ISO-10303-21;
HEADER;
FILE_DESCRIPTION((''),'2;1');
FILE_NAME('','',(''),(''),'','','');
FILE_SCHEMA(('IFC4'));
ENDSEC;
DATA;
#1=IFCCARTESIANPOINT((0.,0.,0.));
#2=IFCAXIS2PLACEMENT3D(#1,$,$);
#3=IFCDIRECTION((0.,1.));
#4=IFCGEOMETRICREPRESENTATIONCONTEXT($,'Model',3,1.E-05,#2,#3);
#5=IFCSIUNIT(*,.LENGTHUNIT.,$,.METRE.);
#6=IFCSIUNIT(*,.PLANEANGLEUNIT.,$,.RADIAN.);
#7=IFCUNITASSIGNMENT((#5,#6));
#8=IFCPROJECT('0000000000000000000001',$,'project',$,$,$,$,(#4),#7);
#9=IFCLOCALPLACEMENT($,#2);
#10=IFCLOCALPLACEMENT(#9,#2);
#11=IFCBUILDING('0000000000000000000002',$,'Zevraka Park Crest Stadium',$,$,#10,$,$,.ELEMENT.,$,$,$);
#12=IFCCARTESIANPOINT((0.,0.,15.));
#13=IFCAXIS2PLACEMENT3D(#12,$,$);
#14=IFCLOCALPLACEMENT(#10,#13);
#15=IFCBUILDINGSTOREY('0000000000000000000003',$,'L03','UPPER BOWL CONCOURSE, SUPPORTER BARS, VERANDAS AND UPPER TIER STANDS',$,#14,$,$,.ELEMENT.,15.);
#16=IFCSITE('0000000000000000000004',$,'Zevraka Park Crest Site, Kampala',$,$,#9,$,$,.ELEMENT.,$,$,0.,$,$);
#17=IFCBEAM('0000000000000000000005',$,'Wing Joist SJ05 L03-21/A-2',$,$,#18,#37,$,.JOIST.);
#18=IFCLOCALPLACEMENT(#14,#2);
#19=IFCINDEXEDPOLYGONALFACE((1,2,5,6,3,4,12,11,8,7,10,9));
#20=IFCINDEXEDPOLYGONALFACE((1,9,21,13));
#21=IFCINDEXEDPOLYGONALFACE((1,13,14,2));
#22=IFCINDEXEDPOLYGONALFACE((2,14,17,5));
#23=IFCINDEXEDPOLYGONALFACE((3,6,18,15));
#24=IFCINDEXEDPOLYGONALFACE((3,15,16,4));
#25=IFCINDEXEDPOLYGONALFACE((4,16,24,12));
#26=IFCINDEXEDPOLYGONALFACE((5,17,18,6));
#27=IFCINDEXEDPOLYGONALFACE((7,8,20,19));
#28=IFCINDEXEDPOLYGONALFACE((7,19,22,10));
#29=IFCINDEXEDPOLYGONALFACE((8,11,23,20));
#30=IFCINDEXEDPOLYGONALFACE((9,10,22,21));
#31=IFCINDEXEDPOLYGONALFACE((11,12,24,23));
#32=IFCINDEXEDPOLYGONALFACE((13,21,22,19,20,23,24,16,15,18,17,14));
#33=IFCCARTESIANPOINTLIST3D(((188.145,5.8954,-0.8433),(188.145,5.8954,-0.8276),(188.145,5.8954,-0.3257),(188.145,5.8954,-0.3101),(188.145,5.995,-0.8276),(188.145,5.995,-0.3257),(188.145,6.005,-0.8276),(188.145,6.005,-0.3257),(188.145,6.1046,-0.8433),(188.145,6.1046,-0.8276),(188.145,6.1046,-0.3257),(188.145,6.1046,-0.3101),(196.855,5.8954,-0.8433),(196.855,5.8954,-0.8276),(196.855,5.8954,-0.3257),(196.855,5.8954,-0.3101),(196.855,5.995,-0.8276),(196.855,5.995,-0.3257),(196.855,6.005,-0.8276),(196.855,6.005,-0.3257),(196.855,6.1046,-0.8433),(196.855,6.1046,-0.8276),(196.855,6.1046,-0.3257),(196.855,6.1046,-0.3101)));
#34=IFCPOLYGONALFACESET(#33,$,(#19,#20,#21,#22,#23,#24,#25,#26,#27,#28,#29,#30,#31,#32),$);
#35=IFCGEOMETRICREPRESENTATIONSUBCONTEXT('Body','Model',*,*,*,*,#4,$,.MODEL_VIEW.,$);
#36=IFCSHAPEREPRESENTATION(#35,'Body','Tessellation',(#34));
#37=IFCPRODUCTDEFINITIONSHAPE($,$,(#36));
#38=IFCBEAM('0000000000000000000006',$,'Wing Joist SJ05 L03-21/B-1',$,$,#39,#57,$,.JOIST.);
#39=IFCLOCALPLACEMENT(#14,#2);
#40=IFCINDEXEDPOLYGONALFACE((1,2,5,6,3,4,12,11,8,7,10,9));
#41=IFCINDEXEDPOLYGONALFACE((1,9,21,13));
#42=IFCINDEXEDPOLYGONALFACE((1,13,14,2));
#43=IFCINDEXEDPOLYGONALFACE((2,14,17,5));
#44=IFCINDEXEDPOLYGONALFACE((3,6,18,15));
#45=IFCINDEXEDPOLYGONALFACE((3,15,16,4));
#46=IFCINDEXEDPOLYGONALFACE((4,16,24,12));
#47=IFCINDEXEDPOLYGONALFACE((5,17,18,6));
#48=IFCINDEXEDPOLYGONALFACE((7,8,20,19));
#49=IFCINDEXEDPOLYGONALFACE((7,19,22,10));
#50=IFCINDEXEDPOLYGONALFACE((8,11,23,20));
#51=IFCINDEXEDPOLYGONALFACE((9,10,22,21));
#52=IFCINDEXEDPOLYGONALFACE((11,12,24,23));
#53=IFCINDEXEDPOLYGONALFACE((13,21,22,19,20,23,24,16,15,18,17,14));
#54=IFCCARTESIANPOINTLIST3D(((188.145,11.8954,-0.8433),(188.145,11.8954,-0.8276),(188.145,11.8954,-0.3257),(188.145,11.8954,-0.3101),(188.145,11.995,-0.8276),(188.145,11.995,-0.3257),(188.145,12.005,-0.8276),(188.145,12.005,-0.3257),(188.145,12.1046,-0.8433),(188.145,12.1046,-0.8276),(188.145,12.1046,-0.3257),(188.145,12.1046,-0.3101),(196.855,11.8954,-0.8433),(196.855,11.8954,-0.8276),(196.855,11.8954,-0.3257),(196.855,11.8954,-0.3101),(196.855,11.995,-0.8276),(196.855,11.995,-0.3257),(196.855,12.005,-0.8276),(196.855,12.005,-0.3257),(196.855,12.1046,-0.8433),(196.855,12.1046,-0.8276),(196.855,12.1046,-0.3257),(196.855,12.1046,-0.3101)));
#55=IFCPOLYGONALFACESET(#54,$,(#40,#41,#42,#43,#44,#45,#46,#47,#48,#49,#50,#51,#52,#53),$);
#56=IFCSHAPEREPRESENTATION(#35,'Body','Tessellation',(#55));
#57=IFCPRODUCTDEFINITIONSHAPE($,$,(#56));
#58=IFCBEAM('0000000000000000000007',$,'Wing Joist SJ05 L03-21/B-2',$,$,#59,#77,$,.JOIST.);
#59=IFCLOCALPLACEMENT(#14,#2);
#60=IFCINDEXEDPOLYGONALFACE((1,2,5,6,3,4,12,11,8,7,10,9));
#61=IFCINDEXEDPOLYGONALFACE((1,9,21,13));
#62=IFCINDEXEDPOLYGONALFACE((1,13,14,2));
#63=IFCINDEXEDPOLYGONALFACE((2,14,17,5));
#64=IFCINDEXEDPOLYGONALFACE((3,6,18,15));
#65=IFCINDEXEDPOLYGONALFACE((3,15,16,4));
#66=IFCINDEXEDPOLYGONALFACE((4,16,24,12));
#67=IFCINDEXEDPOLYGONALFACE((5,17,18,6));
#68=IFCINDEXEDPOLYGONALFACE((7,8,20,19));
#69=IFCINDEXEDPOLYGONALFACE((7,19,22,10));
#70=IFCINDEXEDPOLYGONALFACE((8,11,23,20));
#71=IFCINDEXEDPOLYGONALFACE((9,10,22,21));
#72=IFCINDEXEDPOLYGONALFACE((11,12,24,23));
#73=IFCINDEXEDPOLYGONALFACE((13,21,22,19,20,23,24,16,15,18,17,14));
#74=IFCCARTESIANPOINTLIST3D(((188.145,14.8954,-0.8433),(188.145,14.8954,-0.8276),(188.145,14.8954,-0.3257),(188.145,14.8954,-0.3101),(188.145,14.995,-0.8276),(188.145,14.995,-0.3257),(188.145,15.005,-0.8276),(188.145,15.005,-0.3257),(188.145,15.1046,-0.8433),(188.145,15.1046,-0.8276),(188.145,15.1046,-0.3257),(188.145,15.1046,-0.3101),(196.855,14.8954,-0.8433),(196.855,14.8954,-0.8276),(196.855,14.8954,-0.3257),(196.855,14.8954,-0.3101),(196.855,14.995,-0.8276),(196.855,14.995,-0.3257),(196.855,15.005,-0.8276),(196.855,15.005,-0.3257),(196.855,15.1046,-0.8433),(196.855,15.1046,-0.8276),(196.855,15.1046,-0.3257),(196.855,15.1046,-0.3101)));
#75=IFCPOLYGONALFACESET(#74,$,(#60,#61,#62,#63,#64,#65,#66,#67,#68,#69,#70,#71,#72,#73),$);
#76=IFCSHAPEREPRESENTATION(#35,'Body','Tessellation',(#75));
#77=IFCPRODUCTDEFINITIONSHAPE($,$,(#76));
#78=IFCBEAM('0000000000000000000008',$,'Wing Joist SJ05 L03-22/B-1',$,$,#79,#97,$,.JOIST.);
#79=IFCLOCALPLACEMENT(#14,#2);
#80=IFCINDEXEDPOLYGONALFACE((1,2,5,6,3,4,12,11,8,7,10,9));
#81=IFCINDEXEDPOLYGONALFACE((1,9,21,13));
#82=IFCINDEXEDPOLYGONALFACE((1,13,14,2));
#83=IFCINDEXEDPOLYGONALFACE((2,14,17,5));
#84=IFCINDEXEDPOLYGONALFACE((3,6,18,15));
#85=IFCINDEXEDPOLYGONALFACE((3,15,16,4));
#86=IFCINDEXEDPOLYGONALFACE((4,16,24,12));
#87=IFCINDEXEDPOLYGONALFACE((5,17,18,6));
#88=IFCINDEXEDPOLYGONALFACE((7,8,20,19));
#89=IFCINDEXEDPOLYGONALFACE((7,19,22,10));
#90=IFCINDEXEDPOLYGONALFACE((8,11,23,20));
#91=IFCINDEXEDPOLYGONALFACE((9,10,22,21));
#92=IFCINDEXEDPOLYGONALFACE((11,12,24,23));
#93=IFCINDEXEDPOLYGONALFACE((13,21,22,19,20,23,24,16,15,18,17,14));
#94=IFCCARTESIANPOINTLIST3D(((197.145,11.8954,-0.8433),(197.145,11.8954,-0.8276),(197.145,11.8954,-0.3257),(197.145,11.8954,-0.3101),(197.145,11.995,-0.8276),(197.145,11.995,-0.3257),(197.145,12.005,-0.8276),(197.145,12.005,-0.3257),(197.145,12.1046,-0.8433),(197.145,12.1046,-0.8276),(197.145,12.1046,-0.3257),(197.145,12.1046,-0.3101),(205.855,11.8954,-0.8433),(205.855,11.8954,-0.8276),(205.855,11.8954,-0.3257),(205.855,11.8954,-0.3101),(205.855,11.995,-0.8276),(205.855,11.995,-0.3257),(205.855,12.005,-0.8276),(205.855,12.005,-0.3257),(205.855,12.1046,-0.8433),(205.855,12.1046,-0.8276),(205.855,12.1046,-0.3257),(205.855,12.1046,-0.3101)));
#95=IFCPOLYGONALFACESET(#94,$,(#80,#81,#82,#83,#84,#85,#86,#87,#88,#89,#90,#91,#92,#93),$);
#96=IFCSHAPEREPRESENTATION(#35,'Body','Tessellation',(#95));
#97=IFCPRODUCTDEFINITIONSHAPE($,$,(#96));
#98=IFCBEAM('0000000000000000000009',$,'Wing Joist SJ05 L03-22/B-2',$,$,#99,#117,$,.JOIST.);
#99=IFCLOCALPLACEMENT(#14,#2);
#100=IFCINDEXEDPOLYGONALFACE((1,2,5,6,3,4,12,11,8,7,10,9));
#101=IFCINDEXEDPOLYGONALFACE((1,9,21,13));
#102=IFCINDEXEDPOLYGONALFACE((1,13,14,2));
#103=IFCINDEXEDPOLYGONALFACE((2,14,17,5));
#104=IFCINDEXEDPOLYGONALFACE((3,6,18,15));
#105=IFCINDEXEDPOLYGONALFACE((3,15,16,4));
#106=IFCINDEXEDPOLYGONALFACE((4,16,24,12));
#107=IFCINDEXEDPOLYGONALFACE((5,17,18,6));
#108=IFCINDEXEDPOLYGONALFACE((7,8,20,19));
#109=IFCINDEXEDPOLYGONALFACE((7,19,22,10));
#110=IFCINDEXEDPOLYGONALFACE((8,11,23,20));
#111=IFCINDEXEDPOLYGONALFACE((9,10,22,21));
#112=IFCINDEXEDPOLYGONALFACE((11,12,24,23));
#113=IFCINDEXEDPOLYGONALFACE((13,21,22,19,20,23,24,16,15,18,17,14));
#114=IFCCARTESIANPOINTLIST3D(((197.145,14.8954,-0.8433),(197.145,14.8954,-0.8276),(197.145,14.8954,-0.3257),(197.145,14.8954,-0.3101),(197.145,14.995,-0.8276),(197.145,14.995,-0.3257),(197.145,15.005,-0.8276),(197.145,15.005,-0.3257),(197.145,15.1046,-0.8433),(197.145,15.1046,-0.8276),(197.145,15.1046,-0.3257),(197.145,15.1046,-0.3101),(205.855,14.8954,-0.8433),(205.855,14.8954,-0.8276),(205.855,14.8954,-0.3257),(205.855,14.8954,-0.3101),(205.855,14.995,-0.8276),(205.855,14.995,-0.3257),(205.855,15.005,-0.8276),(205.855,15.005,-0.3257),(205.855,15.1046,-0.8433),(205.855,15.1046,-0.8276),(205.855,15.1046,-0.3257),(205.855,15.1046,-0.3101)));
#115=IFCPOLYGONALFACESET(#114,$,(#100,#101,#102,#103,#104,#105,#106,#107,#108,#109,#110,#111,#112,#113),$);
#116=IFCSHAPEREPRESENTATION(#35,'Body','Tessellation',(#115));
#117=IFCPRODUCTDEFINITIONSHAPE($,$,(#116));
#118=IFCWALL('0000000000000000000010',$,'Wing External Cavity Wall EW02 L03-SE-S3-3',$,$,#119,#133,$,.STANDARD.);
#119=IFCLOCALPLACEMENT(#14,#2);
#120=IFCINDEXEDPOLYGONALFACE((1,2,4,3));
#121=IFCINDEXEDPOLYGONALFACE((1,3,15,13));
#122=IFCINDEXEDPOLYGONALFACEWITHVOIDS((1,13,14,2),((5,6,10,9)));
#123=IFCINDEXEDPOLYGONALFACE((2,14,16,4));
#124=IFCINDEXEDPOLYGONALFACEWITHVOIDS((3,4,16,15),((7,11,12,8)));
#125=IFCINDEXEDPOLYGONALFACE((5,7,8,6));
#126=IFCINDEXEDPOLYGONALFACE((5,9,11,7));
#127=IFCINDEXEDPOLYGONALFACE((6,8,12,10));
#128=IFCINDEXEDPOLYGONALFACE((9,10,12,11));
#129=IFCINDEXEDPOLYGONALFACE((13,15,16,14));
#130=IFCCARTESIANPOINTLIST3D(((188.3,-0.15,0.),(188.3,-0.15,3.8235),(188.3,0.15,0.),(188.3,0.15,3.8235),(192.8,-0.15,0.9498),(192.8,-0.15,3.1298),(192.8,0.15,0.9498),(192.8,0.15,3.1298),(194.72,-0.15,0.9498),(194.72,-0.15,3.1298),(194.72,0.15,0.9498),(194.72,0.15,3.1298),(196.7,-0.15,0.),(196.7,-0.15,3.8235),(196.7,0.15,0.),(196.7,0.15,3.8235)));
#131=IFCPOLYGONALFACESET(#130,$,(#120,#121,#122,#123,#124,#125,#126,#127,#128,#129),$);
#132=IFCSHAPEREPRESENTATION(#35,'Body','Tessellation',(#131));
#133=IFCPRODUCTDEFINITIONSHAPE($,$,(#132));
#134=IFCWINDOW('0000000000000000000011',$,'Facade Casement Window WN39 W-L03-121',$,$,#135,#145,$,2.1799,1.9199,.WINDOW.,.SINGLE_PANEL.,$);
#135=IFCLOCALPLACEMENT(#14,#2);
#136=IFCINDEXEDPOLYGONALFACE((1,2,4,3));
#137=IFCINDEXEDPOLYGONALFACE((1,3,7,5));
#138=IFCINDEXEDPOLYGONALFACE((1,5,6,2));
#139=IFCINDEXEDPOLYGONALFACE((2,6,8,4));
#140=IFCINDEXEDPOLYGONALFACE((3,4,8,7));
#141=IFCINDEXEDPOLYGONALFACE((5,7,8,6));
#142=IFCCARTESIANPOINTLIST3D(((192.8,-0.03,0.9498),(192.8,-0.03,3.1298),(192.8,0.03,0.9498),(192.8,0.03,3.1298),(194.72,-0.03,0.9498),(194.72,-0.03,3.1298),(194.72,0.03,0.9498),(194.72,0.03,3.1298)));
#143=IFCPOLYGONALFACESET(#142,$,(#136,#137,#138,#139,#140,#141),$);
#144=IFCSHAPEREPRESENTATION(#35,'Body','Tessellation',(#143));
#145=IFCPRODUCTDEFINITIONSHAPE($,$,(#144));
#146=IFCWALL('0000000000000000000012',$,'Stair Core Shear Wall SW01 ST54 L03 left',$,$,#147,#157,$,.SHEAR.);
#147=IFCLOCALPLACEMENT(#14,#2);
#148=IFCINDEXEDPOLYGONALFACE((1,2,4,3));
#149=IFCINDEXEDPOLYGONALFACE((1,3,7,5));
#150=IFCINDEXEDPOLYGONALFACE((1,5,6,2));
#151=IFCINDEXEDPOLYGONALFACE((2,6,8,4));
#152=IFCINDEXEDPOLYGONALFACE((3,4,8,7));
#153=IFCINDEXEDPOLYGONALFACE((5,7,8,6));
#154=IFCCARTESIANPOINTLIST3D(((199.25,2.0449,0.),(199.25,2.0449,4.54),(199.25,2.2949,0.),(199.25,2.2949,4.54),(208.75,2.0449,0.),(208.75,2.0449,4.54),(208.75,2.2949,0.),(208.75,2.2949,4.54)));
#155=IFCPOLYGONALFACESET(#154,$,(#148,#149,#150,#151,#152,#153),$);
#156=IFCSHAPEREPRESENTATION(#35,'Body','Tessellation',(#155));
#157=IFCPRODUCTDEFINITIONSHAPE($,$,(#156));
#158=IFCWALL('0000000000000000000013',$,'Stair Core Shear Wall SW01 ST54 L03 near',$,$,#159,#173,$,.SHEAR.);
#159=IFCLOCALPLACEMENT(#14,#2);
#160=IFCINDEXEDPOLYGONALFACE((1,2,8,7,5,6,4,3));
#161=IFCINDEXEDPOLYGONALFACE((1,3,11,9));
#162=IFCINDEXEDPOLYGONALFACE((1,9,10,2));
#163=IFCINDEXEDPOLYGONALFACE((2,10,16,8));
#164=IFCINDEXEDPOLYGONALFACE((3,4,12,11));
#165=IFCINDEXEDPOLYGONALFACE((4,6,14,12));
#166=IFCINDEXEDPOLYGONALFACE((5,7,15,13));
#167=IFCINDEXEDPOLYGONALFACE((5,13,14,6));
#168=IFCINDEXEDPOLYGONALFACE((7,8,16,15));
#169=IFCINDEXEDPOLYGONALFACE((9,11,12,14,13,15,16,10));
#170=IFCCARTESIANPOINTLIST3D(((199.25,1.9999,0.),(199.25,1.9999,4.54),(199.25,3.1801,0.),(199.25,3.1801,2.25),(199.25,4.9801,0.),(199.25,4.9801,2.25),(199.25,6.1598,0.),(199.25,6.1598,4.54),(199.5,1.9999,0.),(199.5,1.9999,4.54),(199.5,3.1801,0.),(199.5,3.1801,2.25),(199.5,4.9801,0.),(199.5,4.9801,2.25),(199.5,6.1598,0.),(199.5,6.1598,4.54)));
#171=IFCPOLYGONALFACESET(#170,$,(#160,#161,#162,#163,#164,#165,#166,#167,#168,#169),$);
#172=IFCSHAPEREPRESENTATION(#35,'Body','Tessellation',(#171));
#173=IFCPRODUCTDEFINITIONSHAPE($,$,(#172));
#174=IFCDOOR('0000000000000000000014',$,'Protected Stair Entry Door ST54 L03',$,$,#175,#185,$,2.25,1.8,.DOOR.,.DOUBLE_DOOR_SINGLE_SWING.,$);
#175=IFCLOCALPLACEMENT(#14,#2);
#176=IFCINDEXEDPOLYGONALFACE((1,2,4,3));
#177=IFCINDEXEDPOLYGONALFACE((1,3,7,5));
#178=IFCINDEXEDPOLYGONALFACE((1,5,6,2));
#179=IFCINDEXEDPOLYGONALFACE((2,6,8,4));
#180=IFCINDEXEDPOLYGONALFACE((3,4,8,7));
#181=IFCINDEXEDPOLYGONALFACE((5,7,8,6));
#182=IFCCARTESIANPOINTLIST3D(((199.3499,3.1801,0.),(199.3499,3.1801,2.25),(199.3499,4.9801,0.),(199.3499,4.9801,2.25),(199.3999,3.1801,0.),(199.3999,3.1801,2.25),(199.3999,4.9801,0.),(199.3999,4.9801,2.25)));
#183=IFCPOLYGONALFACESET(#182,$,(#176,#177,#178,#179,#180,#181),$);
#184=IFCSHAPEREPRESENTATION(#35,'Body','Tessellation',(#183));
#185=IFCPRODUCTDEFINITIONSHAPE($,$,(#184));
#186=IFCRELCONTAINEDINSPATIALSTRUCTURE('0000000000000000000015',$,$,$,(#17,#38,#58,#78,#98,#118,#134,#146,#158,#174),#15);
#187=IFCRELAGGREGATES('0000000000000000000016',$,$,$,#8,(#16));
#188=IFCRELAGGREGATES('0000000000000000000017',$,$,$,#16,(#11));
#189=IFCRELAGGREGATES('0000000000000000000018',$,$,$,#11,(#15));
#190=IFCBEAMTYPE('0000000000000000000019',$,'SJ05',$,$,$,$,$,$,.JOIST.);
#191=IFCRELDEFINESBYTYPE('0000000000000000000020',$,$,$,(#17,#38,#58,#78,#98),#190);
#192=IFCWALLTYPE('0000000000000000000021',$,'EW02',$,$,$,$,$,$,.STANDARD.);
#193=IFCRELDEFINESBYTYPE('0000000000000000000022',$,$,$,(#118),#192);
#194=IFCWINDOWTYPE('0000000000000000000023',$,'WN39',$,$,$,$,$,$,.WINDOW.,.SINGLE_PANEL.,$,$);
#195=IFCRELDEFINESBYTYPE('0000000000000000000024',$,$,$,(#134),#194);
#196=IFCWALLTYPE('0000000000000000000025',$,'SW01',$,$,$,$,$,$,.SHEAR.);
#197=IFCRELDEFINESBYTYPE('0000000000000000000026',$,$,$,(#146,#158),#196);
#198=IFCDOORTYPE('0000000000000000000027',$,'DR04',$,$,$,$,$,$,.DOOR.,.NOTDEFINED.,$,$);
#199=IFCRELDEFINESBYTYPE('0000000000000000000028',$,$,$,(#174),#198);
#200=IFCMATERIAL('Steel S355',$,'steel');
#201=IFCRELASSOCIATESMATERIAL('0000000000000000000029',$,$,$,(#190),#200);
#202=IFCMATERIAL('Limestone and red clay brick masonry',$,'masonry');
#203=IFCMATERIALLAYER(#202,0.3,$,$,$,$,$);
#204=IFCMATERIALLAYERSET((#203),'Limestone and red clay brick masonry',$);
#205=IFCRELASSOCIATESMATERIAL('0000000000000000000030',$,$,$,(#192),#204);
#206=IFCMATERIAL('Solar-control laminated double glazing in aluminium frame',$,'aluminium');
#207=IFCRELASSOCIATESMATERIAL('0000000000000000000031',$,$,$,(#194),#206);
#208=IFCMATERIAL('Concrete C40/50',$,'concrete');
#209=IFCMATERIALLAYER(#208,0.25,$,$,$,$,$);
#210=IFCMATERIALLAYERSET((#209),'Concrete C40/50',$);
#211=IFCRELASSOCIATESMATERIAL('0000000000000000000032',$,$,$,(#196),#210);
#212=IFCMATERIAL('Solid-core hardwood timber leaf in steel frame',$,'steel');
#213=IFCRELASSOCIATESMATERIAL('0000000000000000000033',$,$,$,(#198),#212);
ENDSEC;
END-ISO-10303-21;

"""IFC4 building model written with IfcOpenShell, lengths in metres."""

from ifc_helpers import new_model, si_unit, direction, frame, frame_2d, origin, origin_2d, place, context, subcontext, project, spatial, rectangle, i_section, extrude, material, layer, layer_set, material_profile, profile_set, type_object, element, fill, save


model = new_model("IFC4")

# Units and contexts
model_context = context("Model", 3, precision=1e-05, world=origin(), true_north=direction((0.0, 1.0)))
body_context = subcontext(model_context, "Body", "Model", "MODEL_VIEW")
ifc_project = project(units=[si_unit("LENGTHUNIT", "METRE"), si_unit("PLANEANGLEUNIT", "RADIAN")], contexts=[model_context])

# Site, building, storey
site_placement = place(None, origin())
site = spatial("IfcSite", under=ifc_project, at=site_placement, Name="Zevraka Park Crest Site, Kampala", CompositionType="ELEMENT", RefElevation=0.0)
building_placement = place(site_placement, origin())
building = spatial("IfcBuilding", under=site, at=building_placement, Name="Zevraka Park Crest Stadium", CompositionType="ELEMENT")
storey_placement = place(building_placement, frame((0.0, 0.0, 15.0)))
storey = spatial("IfcBuildingStorey", under=building, at=storey_placement, Name="L03", Description="UPPER BOWL CONCOURSE, SUPPORTER BARS, VERANDAS AND UPPER TIER STANDS", CompositionType="ELEMENT", Elevation=15.0)

# Beams
ifc_material_1 = material(Name="Steel S355", Category="steel")
ifc_material_profile_1 = material_profile(ifc_material_1, i_section(OverallWidth=0.2092, OverallDepth=0.5332, WebThickness=0.01, FlangeThickness=0.0156, at=origin_2d()), Name="UKB 533x210x92")
ifc_profile_set_1 = profile_set([ifc_material_profile_1], Name="Steel S355")
beam_type_1 = type_object("IfcBeamType", Name="SJ05", PredefinedType="JOIST", material=ifc_profile_set_1)
for number, where, z_axis, x_axis, name in (
    (1, (188.145, 6.0, -0.5767), (1.0, 0.0, 0.0), (0.0, 1.0, 0.0), "Wing Joist SJ05 L03-21/A-2"),
    (2, (188.145, 12.0, -0.5767), (1.0, 0.0, 0.0), (0.0, 1.0, 0.0), "Wing Joist SJ05 L03-21/B-1"),
    (3, (188.145, 15.0, -0.5767), (1.0, 0.0, 0.0), (0.0, 1.0, 0.0), "Wing Joist SJ05 L03-21/B-2"),
    (4, (197.145, 12.0, -0.5767), (1.0, 0.0, 0.0), (0.0, 1.0, 0.0), "Wing Joist SJ05 L03-22/B-1"),
    (5, (197.145, 15.0, -0.5767), (1.0, 0.0, 0.0), (0.0, 1.0, 0.0), "Wing Joist SJ05 L03-22/B-2"),
):
    element("IfcBeam", number, at=place(storey_placement, frame(where, z_axis=z_axis, x_axis=x_axis)), inside=storey, type_object=beam_type_1, Name=name, PredefinedType="JOIST", context=body_context, shape_type="SweptSolid", body=[
        extrude(i_section(OverallWidth=0.2092, OverallDepth=0.5332, WebThickness=0.01, FlangeThickness=0.0156, at=origin_2d()), origin(), (0.0, 0.0, 1.0), 8.71),
    ])

# Wall, opening, window
ifc_material_2 = material(Name="Limestone and red clay brick masonry", Category="masonry")
ifc_layer_1 = layer(ifc_material_2, 0.3)
ifc_layer_set_1 = layer_set([ifc_layer_1], Name="Limestone and red clay brick masonry")
wall_type_1 = type_object("IfcWallType", Name="EW02", PredefinedType="STANDARD", material=ifc_layer_set_1)
wall_1_placement = place(storey_placement, frame((196.7, 0.0, 0.0), z_axis=(0.0, 0.0, 1.0), x_axis=(-1.0, 0.0, 0.0)))
wall_1 = element("IfcWall", 6, at=wall_1_placement, inside=storey, type_object=wall_type_1, Name="Wing External Cavity Wall EW02 L03-SE-S3-3", PredefinedType="STANDARD", context=body_context, shape_type="SweptSolid", body=[
    extrude(rectangle(XDim=8.3999, YDim=0.3, at=frame_2d((4.2, 0.0))), origin(), (0.0, 0.0, 1.0), 3.8235),
])
opening_1_placement = place(wall_1_placement, frame((1.98, 0.0, 0.95)))
opening_1 = element("IfcOpeningElement", 7, at=opening_1_placement, cuts=wall_1, PredefinedType="OPENING", context=body_context, shape_type="SweptSolid", body=[
    extrude(rectangle(XDim=1.9199, YDim=2.1799, at=frame_2d((0.96, 1.0898))), frame((0.0, 0.1599, 0.0), z_axis=(0.0, -1.0, 0.0), x_axis=(1.0, 0.0, 0.0)), (0.0, 0.0, 1.0), 0.3201),
])
ifc_material_3 = material(Name="Solar-control laminated double glazing in aluminium frame", Category="aluminium")
window_type = type_object("IfcWindowType", Name="WN39", PartitioningType="SINGLE_PANEL", PredefinedType="WINDOW", material=ifc_material_3)
window_placement = place(opening_1_placement, origin())
window = element("IfcWindow", 8, at=window_placement, inside=storey, type_object=window_type, Name="Facade Casement Window WN39 W-L03-121", OverallHeight=2.1799, OverallWidth=1.9199, PartitioningType="SINGLE_PANEL", PredefinedType="WINDOW", context=body_context, shape_type="SweptSolid", body=[
    extrude(rectangle(XDim=1.9199, YDim=2.1799, at=frame_2d((0.96, 1.0898))), frame((0.0, 0.03, 0.0), z_axis=(0.0, -1.0, 0.0), x_axis=(1.0, 0.0, 0.0)), (0.0, 0.0, 1.0), 0.0601),
])
fill(opening_1, window)

# Wall
ifc_material_4 = material(Name="Concrete C40/50", Category="concrete")
ifc_layer_2 = layer(ifc_material_4, 0.25)
ifc_layer_set_2 = layer_set([ifc_layer_2], Name="Concrete C40/50")
wall_type_2 = type_object("IfcWallType", Name="SW01", PredefinedType="SHEAR", material=ifc_layer_set_2)
wall_2_placement = place(storey_placement, frame((199.25, 2.1699, 0.0), z_axis=(0.0, 0.0, 1.0), x_axis=(1.0, 0.0, 0.0)))
element("IfcWall", 9, at=wall_2_placement, inside=storey, type_object=wall_type_2, Name="Stair Core Shear Wall SW01 ST54 L03 left", PredefinedType="SHEAR", context=body_context, shape_type="SweptSolid", body=[
    extrude(rectangle(XDim=9.5, YDim=0.25, at=frame_2d((4.75, 0.0))), origin(), (0.0, 0.0, 1.0), 4.54),
])

# Wall, opening, door
wall_3_placement = place(storey_placement, frame((199.375, 6.1599, 0.0), z_axis=(0.0, 0.0, 1.0), x_axis=(0.0, -1.0, 0.0)))
wall_3 = element("IfcWall", 10, at=wall_3_placement, inside=storey, type_object=wall_type_2, Name="Stair Core Shear Wall SW01 ST54 L03 near", PredefinedType="SHEAR", context=body_context, shape_type="SweptSolid", body=[
    extrude(rectangle(XDim=4.1599, YDim=0.25, at=frame_2d((2.0801, 0.0))), origin(), (0.0, 0.0, 1.0), 4.54),
])
opening_2_placement = place(wall_3_placement, frame((1.1799, 0.0, 0.0)))
opening_2 = element("IfcOpeningElement", 11, at=opening_2_placement, cuts=wall_3, PredefinedType="OPENING", context=body_context, shape_type="SweptSolid", body=[
    extrude(rectangle(XDim=1.8, YDim=2.25, at=frame_2d((0.8999, 1.125))), frame((0.0, 0.135, 0.0), z_axis=(0.0, -1.0, 0.0), x_axis=(1.0, 0.0, 0.0)), (0.0, 0.0, 1.0), 0.27),
])
ifc_material_5 = material(Name="Solid-core hardwood timber leaf in steel frame", Category="steel")
door_type = type_object("IfcDoorType", Name="DR04", OperationType="NOTDEFINED", PredefinedType="DOOR", material=ifc_material_5)
door_placement = place(opening_2_placement, origin())
door = element("IfcDoor", 12, at=door_placement, inside=storey, type_object=door_type, Name="Protected Stair Entry Door ST54 L03", OperationType="DOUBLE_DOOR_SINGLE_SWING", OverallHeight=2.25, OverallWidth=1.8, PredefinedType="DOOR", context=body_context, shape_type="SweptSolid", body=[
    extrude(rectangle(XDim=1.8, YDim=2.25, at=frame_2d((0.8999, 1.125))), frame((0.0, 0.0249, 0.0), z_axis=(0.0, -1.0, 0.0), x_axis=(1.0, 0.0, 0.0)), (0.0, 0.0, 1.0), 0.05),
])
fill(opening_2, door)

save(model, "model.ifc")
